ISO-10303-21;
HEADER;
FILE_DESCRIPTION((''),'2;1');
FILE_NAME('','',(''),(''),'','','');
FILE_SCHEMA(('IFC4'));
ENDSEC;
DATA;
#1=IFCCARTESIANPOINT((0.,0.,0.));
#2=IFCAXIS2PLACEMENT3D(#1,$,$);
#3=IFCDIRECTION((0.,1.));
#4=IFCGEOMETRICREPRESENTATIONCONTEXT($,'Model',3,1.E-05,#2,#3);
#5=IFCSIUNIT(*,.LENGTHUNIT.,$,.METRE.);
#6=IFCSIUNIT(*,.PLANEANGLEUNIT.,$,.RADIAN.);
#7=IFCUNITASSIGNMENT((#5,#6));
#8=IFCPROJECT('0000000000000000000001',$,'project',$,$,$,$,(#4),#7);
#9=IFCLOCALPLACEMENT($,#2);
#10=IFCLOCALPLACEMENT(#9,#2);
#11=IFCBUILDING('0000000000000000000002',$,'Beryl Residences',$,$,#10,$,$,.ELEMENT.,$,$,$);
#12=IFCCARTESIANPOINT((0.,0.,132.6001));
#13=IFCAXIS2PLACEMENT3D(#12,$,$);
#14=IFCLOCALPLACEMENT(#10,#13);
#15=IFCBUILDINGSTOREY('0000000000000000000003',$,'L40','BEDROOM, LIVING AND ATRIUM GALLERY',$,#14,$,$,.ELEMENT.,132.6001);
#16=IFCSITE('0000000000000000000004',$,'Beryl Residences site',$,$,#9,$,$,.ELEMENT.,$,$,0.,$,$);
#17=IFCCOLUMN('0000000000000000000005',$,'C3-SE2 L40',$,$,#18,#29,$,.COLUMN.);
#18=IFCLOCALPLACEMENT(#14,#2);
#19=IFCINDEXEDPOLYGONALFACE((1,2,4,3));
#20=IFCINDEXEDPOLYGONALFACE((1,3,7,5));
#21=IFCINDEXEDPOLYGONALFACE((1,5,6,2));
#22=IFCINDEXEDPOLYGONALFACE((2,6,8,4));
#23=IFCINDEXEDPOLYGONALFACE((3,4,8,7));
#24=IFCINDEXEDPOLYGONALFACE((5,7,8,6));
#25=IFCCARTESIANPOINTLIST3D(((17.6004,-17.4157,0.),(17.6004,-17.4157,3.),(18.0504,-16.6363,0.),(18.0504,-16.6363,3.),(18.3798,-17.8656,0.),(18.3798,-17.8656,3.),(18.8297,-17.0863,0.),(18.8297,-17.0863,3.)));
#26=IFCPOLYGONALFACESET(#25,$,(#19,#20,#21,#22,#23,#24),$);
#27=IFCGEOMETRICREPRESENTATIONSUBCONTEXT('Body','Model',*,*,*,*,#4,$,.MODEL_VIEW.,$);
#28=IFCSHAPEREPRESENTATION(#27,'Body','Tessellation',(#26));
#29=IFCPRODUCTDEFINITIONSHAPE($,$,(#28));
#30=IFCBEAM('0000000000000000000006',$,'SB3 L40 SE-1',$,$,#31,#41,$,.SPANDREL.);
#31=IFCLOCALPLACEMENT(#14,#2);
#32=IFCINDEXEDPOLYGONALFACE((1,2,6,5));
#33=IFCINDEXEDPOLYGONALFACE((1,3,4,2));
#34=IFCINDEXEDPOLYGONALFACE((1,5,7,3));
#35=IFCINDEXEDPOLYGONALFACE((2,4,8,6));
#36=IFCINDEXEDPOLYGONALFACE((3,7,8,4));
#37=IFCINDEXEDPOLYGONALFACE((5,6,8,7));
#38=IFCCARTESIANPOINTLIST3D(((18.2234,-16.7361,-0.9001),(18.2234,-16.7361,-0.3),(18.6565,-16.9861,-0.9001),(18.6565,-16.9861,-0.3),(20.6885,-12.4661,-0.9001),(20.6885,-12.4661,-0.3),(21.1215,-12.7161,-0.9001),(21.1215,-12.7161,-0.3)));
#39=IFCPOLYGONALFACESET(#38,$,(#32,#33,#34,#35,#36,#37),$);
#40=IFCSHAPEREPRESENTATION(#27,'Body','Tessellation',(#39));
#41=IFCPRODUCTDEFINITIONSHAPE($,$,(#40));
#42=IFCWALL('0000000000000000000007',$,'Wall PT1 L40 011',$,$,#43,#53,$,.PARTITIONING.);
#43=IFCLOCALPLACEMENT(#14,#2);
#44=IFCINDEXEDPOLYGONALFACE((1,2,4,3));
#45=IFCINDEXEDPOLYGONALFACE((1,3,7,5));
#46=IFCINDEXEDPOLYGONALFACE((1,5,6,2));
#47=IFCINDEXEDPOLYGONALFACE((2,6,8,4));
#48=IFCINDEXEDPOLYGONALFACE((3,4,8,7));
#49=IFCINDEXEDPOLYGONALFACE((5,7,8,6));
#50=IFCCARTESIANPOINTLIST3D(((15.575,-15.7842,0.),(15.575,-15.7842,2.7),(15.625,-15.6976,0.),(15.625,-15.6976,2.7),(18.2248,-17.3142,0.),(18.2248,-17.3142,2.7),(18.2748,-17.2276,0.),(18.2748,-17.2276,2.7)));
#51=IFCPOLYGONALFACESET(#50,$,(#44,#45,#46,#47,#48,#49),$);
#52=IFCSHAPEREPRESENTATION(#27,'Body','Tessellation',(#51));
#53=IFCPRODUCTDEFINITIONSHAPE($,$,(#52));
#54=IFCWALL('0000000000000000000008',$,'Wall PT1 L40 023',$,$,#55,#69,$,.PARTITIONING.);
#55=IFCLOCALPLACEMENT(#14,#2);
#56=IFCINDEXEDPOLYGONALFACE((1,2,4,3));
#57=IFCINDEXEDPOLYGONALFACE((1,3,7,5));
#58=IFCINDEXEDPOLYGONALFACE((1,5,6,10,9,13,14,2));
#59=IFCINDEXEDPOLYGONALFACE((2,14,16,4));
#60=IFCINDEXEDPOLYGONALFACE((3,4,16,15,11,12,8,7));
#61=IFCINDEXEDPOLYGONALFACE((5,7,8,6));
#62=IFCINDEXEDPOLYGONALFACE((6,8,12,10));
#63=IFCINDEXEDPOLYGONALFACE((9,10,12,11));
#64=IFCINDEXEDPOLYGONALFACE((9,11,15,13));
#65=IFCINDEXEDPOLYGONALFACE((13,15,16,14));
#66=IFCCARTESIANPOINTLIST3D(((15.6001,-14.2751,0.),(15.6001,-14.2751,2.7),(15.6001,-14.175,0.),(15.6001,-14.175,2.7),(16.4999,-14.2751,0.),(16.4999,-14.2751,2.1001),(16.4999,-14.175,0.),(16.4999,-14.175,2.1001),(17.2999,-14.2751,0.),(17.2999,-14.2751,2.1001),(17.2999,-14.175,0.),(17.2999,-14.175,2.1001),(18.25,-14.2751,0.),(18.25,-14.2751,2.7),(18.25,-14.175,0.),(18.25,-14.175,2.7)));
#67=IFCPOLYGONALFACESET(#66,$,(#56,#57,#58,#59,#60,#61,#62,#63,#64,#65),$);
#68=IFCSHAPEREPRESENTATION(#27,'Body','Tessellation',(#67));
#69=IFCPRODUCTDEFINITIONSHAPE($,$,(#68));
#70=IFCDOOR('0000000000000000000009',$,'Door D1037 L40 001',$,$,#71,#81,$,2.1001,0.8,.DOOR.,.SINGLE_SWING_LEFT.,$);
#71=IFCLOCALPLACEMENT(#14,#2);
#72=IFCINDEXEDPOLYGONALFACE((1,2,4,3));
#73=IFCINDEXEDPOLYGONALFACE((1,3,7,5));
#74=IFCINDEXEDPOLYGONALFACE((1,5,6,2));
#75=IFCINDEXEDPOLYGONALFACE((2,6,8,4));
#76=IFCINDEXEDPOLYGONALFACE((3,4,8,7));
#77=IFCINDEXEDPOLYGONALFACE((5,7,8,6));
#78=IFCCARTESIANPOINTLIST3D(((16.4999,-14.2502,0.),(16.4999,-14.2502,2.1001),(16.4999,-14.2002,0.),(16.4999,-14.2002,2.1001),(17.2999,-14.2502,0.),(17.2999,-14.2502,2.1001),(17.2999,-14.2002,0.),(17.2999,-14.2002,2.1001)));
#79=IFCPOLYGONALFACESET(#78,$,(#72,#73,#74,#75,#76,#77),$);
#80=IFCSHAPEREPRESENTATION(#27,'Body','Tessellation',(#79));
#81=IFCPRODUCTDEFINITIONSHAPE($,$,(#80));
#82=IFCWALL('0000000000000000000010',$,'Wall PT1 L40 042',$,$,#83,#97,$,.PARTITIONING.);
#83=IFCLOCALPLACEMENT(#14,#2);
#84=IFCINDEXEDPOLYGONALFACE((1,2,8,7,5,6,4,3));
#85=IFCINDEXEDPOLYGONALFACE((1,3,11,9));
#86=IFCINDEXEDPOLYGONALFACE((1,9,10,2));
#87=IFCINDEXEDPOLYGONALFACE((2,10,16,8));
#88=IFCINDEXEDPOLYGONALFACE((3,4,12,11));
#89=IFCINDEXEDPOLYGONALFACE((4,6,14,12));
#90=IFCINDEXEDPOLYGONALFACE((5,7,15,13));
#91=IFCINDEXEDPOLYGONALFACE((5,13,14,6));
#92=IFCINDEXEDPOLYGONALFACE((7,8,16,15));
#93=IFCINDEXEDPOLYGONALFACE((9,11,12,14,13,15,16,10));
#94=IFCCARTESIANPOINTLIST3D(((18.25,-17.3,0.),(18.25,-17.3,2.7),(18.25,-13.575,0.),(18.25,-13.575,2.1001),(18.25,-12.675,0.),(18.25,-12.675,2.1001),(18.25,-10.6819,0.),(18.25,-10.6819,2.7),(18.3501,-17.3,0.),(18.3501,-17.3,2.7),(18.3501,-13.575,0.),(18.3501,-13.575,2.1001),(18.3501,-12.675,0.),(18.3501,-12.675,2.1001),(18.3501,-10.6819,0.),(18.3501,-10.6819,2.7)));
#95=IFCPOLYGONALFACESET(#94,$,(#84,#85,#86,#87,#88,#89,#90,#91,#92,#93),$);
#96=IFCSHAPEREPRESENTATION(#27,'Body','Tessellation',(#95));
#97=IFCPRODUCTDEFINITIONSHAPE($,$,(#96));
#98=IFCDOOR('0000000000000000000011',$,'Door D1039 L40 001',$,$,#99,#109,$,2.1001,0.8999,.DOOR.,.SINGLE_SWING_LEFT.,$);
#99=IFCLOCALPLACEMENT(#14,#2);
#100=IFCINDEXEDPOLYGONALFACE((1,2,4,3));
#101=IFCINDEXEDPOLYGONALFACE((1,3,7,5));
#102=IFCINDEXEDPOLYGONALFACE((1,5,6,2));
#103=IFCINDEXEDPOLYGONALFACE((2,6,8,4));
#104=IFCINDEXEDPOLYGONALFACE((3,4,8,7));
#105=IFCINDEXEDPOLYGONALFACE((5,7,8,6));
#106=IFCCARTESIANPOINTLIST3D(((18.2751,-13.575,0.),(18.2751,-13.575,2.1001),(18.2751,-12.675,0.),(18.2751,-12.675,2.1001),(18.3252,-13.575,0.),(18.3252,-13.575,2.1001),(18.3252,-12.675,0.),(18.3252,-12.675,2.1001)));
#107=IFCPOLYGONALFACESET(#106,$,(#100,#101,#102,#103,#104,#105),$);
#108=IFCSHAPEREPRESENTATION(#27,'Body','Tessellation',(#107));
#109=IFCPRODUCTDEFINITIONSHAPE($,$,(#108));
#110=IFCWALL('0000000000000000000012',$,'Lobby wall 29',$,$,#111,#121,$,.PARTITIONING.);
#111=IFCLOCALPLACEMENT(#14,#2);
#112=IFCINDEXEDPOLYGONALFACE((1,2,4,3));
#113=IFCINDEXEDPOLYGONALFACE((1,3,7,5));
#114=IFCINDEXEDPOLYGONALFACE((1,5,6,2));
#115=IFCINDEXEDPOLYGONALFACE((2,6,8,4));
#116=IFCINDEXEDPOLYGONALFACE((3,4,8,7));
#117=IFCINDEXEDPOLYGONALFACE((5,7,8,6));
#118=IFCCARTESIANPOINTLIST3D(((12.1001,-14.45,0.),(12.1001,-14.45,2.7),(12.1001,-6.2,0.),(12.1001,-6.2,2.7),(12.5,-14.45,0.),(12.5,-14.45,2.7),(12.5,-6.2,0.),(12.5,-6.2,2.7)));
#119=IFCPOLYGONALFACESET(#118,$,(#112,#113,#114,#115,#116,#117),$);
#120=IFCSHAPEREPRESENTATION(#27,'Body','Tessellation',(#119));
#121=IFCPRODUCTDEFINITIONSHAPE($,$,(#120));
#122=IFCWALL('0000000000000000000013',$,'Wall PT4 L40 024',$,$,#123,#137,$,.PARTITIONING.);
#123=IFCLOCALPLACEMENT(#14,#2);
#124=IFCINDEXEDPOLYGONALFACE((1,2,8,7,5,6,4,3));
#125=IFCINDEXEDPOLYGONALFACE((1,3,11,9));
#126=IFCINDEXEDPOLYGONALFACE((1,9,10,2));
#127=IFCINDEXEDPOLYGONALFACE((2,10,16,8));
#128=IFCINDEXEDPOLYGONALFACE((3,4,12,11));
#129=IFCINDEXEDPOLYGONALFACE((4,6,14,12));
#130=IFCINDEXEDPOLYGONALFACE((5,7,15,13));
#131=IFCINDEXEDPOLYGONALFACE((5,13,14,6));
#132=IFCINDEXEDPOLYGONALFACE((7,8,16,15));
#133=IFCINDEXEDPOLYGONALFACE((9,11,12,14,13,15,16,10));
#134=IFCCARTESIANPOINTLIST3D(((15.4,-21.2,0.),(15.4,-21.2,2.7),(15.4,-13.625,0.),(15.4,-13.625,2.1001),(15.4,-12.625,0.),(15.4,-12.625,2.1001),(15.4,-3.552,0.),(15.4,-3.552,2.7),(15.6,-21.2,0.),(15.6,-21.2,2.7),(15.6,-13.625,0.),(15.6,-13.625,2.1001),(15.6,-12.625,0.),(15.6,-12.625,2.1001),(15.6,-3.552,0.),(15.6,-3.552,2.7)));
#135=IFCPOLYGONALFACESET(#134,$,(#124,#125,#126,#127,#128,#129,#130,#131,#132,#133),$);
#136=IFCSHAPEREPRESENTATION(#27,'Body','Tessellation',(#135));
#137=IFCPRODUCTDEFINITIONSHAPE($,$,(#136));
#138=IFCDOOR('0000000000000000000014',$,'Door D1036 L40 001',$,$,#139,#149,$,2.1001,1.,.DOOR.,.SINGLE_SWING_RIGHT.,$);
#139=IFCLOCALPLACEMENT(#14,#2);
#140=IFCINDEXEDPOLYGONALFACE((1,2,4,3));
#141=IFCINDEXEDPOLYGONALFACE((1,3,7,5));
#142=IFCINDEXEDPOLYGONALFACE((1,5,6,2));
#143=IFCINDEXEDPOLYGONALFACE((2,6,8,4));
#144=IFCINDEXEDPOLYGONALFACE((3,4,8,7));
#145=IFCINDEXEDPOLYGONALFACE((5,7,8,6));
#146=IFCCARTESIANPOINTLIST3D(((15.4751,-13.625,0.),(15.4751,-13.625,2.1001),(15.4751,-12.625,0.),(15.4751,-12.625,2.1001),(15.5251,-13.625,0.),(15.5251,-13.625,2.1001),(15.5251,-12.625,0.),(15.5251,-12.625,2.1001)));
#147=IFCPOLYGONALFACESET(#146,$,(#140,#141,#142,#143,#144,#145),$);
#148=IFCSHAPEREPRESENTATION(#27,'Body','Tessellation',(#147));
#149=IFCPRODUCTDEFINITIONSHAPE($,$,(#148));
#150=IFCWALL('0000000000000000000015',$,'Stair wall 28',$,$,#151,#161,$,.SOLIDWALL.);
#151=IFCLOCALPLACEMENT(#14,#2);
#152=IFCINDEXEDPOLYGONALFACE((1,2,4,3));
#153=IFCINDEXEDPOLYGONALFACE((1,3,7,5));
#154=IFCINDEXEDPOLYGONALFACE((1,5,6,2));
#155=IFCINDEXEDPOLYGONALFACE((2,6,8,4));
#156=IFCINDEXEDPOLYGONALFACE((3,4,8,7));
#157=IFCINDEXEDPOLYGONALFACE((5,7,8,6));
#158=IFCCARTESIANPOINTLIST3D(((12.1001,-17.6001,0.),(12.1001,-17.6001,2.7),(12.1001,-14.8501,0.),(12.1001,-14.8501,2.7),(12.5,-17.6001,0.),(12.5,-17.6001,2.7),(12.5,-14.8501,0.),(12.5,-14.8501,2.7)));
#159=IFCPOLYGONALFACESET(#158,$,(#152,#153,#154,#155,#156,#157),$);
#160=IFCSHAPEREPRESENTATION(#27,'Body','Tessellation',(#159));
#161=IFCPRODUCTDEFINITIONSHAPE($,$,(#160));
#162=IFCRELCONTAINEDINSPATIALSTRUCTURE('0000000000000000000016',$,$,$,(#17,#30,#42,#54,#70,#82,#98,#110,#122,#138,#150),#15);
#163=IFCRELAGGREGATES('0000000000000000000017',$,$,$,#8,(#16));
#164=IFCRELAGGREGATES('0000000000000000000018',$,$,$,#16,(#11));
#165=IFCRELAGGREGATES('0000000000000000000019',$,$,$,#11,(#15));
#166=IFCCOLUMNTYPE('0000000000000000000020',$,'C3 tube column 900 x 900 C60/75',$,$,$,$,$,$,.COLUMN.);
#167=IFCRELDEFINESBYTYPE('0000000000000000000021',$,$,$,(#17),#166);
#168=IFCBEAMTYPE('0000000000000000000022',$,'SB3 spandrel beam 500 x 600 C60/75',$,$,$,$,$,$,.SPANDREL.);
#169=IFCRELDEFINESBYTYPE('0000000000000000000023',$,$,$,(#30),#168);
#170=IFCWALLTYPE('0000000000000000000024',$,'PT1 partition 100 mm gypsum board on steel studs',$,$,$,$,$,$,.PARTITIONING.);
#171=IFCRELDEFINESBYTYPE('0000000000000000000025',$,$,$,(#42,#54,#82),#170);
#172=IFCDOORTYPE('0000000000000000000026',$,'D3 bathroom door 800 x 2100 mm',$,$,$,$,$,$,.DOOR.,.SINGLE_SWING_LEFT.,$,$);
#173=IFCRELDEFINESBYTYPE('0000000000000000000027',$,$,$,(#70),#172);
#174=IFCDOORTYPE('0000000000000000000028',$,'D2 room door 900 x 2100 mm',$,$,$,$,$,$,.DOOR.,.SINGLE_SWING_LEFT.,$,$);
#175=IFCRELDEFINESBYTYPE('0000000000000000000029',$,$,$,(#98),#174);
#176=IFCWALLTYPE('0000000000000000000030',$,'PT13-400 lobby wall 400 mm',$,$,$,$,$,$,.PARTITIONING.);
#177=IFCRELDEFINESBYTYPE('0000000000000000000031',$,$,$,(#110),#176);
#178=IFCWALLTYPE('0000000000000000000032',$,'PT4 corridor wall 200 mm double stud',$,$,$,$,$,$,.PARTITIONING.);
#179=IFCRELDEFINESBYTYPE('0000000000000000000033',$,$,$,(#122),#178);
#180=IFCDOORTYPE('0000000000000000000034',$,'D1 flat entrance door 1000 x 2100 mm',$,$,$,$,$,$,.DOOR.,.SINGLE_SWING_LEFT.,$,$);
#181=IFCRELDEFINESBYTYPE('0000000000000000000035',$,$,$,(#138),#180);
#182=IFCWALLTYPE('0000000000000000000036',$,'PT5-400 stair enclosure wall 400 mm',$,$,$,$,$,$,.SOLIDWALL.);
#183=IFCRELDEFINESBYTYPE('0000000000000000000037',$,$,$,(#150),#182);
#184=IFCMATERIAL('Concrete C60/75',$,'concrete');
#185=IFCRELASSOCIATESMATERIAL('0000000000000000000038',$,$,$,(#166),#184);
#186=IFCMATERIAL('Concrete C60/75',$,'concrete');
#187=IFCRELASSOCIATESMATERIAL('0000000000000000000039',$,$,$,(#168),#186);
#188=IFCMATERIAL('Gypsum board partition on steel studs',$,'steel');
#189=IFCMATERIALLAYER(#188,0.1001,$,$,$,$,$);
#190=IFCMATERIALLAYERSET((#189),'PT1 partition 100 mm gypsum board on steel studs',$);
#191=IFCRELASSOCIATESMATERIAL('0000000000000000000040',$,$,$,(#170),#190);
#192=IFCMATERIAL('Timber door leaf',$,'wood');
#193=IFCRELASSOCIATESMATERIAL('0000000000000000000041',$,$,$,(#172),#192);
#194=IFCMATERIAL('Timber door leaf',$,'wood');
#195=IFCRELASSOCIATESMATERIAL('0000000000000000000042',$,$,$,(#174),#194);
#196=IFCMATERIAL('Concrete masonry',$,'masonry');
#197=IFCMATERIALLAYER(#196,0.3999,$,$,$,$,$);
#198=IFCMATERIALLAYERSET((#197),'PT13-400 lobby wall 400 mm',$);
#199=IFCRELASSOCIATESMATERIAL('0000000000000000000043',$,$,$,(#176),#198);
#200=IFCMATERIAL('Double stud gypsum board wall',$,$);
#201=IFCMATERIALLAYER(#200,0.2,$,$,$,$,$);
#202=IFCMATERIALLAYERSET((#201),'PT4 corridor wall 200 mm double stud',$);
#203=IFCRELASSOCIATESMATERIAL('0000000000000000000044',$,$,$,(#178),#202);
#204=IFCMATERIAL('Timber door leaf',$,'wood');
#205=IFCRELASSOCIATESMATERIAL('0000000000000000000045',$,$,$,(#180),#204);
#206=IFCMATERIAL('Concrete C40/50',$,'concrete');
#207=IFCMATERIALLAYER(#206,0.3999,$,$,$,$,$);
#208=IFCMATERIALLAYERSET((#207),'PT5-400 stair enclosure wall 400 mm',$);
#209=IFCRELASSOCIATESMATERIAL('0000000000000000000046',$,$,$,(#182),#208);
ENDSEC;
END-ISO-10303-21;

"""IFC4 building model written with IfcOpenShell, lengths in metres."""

from ifc_helpers import new_model, si_unit, direction, frame, frame_2d, origin, origin_2d, place, context, subcontext, project, spatial, rectangle, extrude, material, layer, layer_set, material_profile, profile_set, type_object, element, fill, save


model = new_model("IFC4")

# Units and contexts
model_context = context("Model", 3, precision=1e-05, world=origin(), true_north=direction((0.0, 1.0)))
body_context = subcontext(model_context, "Body", "Model", "MODEL_VIEW")
ifc_project = project(units=[si_unit("LENGTHUNIT", "METRE"), si_unit("PLANEANGLEUNIT", "RADIAN")], contexts=[model_context])

# Site, building, storey
site_placement = place(None, origin())
site = spatial("IfcSite", under=ifc_project, at=site_placement, Name="Beryl Residences site", CompositionType="ELEMENT", RefElevation=0.0)
building_placement = place(site_placement, origin())
building = spatial("IfcBuilding", under=site, at=building_placement, Name="Beryl Residences", CompositionType="ELEMENT")
storey_placement = place(building_placement, frame((0.0, 0.0, 132.6001)))
storey = spatial("IfcBuildingStorey", under=building, at=storey_placement, Name="L40", Description="BEDROOM, LIVING AND ATRIUM GALLERY", CompositionType="ELEMENT", Elevation=132.6001)

# Column
ifc_material_1 = material(Name="Concrete C60/75", Category="concrete")
ifc_material_profile_1 = material_profile(ifc_material_1, rectangle(XDim=0.8999, YDim=0.8999, at=origin_2d()))
ifc_profile_set_1 = profile_set([ifc_material_profile_1], Name="Concrete C60/75")
column_type = type_object("IfcColumnType", Name="C3 tube column 900 x 900 C60/75", PredefinedType="COLUMN", material=ifc_profile_set_1)
column_placement = place(storey_placement, frame((18.2151, -17.251, 0.0), z_axis=(0.0, 0.0, 1.0), x_axis=(0.5, 0.866025, 0.0)))
element("IfcColumn", 1, at=column_placement, inside=storey, type_object=column_type, Name="C3-SE2 L40", PredefinedType="COLUMN", context=body_context, shape_type="SweptSolid", body=[
    extrude(rectangle(XDim=0.8999, YDim=0.8999, at=origin_2d()), origin(), (0.0, 0.0, 1.0), 3.0),
])

# Beam
ifc_material_2 = material(Name="Concrete C60/75", Category="concrete")
ifc_material_profile_2 = material_profile(ifc_material_2, rectangle(XDim=0.5, YDim=0.6001, at=origin_2d()))
ifc_profile_set_2 = profile_set([ifc_material_profile_2], Name="Concrete C60/75")
beam_type = type_object("IfcBeamType", Name="SB3 spandrel beam 500 x 600 C60/75", PredefinedType="SPANDREL", material=ifc_profile_set_2)
beam_placement = place(storey_placement, frame((18.4399, -16.8611, -0.6001), z_axis=(0.499968, 0.866044, 0.0), x_axis=(-0.866044, 0.499968, 0.0)))
element("IfcBeam", 2, at=beam_placement, inside=storey, type_object=beam_type, Name="SB3 L40 SE-1", PredefinedType="SPANDREL", context=body_context, shape_type="SweptSolid", body=[
    extrude(rectangle(XDim=0.5, YDim=0.6001, at=origin_2d()), origin(), (0.0, 0.0, 1.0), 4.9304),
])

# Wall
ifc_material_3 = material(Name="Gypsum board partition on steel studs", Category="steel")
ifc_layer_1 = layer(ifc_material_3, 0.1001)
ifc_layer_set_1 = layer_set([ifc_layer_1], Name="PT1 partition 100 mm gypsum board on steel studs")
wall_type_1 = type_object("IfcWallType", Name="PT1 partition 100 mm gypsum board on steel studs", PredefinedType="PARTITIONING", material=ifc_layer_set_1)
wall_1_placement = place(storey_placement, frame((15.6001, -15.741, 0.0), z_axis=(0.0, 0.0, 1.0), x_axis=(0.86601, -0.500026, 0.0)))
element("IfcWall", 3, at=wall_1_placement, inside=storey, type_object=wall_type_1, Name="Wall PT1 L40 011", PredefinedType="PARTITIONING", context=body_context, shape_type="SweptSolid", body=[
    extrude(rectangle(XDim=3.0598, YDim=0.1001, at=frame_2d((1.5298, 0.0))), origin(), (0.0, 0.0, 1.0), 2.7),
])

# Walls, openings, doors
wall_2_placement = place(storey_placement, frame((15.6001, -14.2251, 0.0), z_axis=(0.0, 0.0, 1.0), x_axis=(1.0, 0.0, 0.0)))
wall_2 = element("IfcWall", 4, at=wall_2_placement, inside=storey, type_object=wall_type_1, Name="Wall PT1 L40 023", PredefinedType="PARTITIONING", context=body_context, shape_type="SweptSolid", body=[
    extrude(rectangle(XDim=2.6499, YDim=0.1001, at=frame_2d((1.325, 0.0))), origin(), (0.0, 0.0, 1.0), 2.7),
])
opening_1_placement = place(wall_2_placement, frame((0.8999, 0.0, 0.0)))
opening_1 = element("IfcOpeningElement", 5, at=opening_1_placement, cuts=wall_2, PredefinedType="OPENING", context=body_context, shape_type="SweptSolid", body=[
    extrude(rectangle(XDim=0.8, YDim=2.1001, at=frame_2d((0.3999, 1.05))), frame((0.0, 0.0601, 0.0), z_axis=(0.0, -1.0, 0.0), x_axis=(1.0, 0.0, 0.0)), (0.0, 0.0, 1.0), 0.1201),
])
ifc_material_4 = material(Name="Timber door leaf", Category="wood")
door_type_1 = type_object("IfcDoorType", Name="D3 bathroom door 800 x 2100 mm", OperationType="SINGLE_SWING_LEFT", PredefinedType="DOOR", material=ifc_material_4)
door_1_placement = place(opening_1_placement, origin())
door_1 = element("IfcDoor", 6, at=door_1_placement, inside=storey, type_object=door_type_1, Name="Door D1037 L40 001", OperationType="SINGLE_SWING_LEFT", OverallHeight=2.1001, OverallWidth=0.8, PredefinedType="DOOR", context=body_context, shape_type="SweptSolid", body=[
    extrude(rectangle(XDim=0.8, YDim=2.1001, at=frame_2d((0.3999, 1.05))), frame((0.0, 0.0249, 0.0), z_axis=(0.0, -1.0, 0.0), x_axis=(1.0, 0.0, 0.0)), (0.0, 0.0, 1.0), 0.05),
])
fill(opening_1, door_1)
wall_3_placement = place(storey_placement, frame((18.3, -17.3, 0.0), z_axis=(0.0, 0.0, 1.0), x_axis=(0.0, 1.0, 0.0)))
wall_3 = element("IfcWall", 7, at=wall_3_placement, inside=storey, type_object=wall_type_1, Name="Wall PT1 L40 042", PredefinedType="PARTITIONING", context=body_context, shape_type="SweptSolid", body=[
    extrude(rectangle(XDim=6.6182, YDim=0.1001, at=frame_2d((3.3091, 0.0))), origin(), (0.0, 0.0, 1.0), 2.7),
])
opening_2_placement = place(wall_3_placement, frame((3.7251, 0.0, 0.0)))
opening_2 = element("IfcOpeningElement", 8, at=opening_2_placement, cuts=wall_3, PredefinedType="OPENING", context=body_context, shape_type="SweptSolid", body=[
    extrude(rectangle(XDim=0.8999, YDim=2.1001, at=frame_2d((0.45, 1.05))), frame((0.0, 0.0601, 0.0), z_axis=(0.0, -1.0, 0.0), x_axis=(1.0, 0.0, 0.0)), (0.0, 0.0, 1.0), 0.1201),
])
ifc_material_5 = material(Name="Timber door leaf", Category="wood")
door_type_2 = type_object("IfcDoorType", Name="D2 room door 900 x 2100 mm", OperationType="SINGLE_SWING_LEFT", PredefinedType="DOOR", material=ifc_material_5)
door_2_placement = place(opening_2_placement, origin())
door_2 = element("IfcDoor", 9, at=door_2_placement, inside=storey, type_object=door_type_2, Name="Door D1039 L40 001", OperationType="SINGLE_SWING_LEFT", OverallHeight=2.1001, OverallWidth=0.8999, PredefinedType="DOOR", context=body_context, shape_type="SweptSolid", body=[
    extrude(rectangle(XDim=0.8999, YDim=2.1001, at=frame_2d((0.45, 1.05))), frame((0.0, 0.0249, 0.0), z_axis=(0.0, -1.0, 0.0), x_axis=(1.0, 0.0, 0.0)), (0.0, 0.0, 1.0), 0.05),
])
fill(opening_2, door_2)

# Wall
ifc_material_6 = material(Name="Concrete masonry", Category="masonry")
ifc_layer_2 = layer(ifc_material_6, 0.3999)
ifc_layer_set_2 = layer_set([ifc_layer_2], Name="PT13-400 lobby wall 400 mm")
wall_type_2 = type_object("IfcWallType", Name="PT13-400 lobby wall 400 mm", PredefinedType="PARTITIONING", material=ifc_layer_set_2)
wall_4_placement = place(storey_placement, frame((12.3, -14.45, 0.0), z_axis=(0.0, 0.0, 1.0), x_axis=(0.0, 1.0, 0.0)))
element("IfcWall", 10, at=wall_4_placement, inside=storey, type_object=wall_type_2, Name="Lobby wall 29", PredefinedType="PARTITIONING", context=body_context, shape_type="SweptSolid", body=[
    extrude(rectangle(XDim=8.25, YDim=0.3999, at=frame_2d((4.125, 0.0))), origin(), (0.0, 0.0, 1.0), 2.7),
])

# Wall, opening, door
ifc_material_7 = material(Name="Double stud gypsum board wall")
ifc_layer_3 = layer(ifc_material_7, 0.2)
ifc_layer_set_3 = layer_set([ifc_layer_3], Name="PT4 corridor wall 200 mm double stud")
wall_type_3 = type_object("IfcWallType", Name="PT4 corridor wall 200 mm double stud", PredefinedType="PARTITIONING", material=ifc_layer_set_3)
wall_5_placement = place(storey_placement, frame((15.5, -21.2, 0.0), z_axis=(0.0, 0.0, 1.0), x_axis=(0.0, 1.0, 0.0)))
wall_5 = element("IfcWall", 11, at=wall_5_placement, inside=storey, type_object=wall_type_3, Name="Wall PT4 L40 024", PredefinedType="PARTITIONING", context=body_context, shape_type="SweptSolid", body=[
    extrude(rectangle(XDim=17.6479, YDim=0.2, at=frame_2d((8.824, 0.0))), origin(), (0.0, 0.0, 1.0), 2.7),
])
opening_3_placement = place(wall_5_placement, frame((7.575, 0.0, 0.0)))
opening_3 = element("IfcOpeningElement", 12, at=opening_3_placement, cuts=wall_5, PredefinedType="OPENING", context=body_context, shape_type="SweptSolid", body=[
    extrude(rectangle(XDim=1.0, YDim=2.1001, at=frame_2d((0.5, 1.05))), frame((0.0, 0.1099, 0.0), z_axis=(0.0, -1.0, 0.0), x_axis=(1.0, 0.0, 0.0)), (0.0, 0.0, 1.0), 0.22),
])
ifc_material_8 = material(Name="Timber door leaf", Category="wood")
door_type_3 = type_object("IfcDoorType", Name="D1 flat entrance door 1000 x 2100 mm", OperationType="SINGLE_SWING_LEFT", PredefinedType="DOOR", material=ifc_material_8)
door_3_placement = place(opening_3_placement, origin())
door_3 = element("IfcDoor", 13, at=door_3_placement, inside=storey, type_object=door_type_3, Name="Door D1036 L40 001", OperationType="SINGLE_SWING_RIGHT", OverallHeight=2.1001, OverallWidth=1.0, PredefinedType="DOOR", context=body_context, shape_type="SweptSolid", body=[
    extrude(rectangle(XDim=1.0, YDim=2.1001, at=frame_2d((0.5, 1.05))), frame((0.0, 0.0249, 0.0), z_axis=(0.0, -1.0, 0.0), x_axis=(1.0, 0.0, 0.0)), (0.0, 0.0, 1.0), 0.05),
])
fill(opening_3, door_3)

# Wall
ifc_material_9 = material(Name="Concrete C40/50", Category="concrete")
ifc_layer_4 = layer(ifc_material_9, 0.3999)
ifc_layer_set_4 = layer_set([ifc_layer_4], Name="PT5-400 stair enclosure wall 400 mm")
wall_type_4 = type_object("IfcWallType", Name="PT5-400 stair enclosure wall 400 mm", PredefinedType="SOLIDWALL", material=ifc_layer_set_4)
wall_6_placement = place(storey_placement, frame((12.3, -17.6001, 0.0), z_axis=(0.0, 0.0, 1.0), x_axis=(0.0, 1.0, 0.0)))
element("IfcWall", 14, at=wall_6_placement, inside=storey, type_object=wall_type_4, Name="Stair wall 28", PredefinedType="SOLIDWALL", context=body_context, shape_type="SweptSolid", body=[
    extrude(rectangle(XDim=2.75, YDim=0.3999, at=frame_2d((1.375, 0.0))), origin(), (0.0, 0.0, 1.0), 2.7),
])

save(model, "model.ifc")
